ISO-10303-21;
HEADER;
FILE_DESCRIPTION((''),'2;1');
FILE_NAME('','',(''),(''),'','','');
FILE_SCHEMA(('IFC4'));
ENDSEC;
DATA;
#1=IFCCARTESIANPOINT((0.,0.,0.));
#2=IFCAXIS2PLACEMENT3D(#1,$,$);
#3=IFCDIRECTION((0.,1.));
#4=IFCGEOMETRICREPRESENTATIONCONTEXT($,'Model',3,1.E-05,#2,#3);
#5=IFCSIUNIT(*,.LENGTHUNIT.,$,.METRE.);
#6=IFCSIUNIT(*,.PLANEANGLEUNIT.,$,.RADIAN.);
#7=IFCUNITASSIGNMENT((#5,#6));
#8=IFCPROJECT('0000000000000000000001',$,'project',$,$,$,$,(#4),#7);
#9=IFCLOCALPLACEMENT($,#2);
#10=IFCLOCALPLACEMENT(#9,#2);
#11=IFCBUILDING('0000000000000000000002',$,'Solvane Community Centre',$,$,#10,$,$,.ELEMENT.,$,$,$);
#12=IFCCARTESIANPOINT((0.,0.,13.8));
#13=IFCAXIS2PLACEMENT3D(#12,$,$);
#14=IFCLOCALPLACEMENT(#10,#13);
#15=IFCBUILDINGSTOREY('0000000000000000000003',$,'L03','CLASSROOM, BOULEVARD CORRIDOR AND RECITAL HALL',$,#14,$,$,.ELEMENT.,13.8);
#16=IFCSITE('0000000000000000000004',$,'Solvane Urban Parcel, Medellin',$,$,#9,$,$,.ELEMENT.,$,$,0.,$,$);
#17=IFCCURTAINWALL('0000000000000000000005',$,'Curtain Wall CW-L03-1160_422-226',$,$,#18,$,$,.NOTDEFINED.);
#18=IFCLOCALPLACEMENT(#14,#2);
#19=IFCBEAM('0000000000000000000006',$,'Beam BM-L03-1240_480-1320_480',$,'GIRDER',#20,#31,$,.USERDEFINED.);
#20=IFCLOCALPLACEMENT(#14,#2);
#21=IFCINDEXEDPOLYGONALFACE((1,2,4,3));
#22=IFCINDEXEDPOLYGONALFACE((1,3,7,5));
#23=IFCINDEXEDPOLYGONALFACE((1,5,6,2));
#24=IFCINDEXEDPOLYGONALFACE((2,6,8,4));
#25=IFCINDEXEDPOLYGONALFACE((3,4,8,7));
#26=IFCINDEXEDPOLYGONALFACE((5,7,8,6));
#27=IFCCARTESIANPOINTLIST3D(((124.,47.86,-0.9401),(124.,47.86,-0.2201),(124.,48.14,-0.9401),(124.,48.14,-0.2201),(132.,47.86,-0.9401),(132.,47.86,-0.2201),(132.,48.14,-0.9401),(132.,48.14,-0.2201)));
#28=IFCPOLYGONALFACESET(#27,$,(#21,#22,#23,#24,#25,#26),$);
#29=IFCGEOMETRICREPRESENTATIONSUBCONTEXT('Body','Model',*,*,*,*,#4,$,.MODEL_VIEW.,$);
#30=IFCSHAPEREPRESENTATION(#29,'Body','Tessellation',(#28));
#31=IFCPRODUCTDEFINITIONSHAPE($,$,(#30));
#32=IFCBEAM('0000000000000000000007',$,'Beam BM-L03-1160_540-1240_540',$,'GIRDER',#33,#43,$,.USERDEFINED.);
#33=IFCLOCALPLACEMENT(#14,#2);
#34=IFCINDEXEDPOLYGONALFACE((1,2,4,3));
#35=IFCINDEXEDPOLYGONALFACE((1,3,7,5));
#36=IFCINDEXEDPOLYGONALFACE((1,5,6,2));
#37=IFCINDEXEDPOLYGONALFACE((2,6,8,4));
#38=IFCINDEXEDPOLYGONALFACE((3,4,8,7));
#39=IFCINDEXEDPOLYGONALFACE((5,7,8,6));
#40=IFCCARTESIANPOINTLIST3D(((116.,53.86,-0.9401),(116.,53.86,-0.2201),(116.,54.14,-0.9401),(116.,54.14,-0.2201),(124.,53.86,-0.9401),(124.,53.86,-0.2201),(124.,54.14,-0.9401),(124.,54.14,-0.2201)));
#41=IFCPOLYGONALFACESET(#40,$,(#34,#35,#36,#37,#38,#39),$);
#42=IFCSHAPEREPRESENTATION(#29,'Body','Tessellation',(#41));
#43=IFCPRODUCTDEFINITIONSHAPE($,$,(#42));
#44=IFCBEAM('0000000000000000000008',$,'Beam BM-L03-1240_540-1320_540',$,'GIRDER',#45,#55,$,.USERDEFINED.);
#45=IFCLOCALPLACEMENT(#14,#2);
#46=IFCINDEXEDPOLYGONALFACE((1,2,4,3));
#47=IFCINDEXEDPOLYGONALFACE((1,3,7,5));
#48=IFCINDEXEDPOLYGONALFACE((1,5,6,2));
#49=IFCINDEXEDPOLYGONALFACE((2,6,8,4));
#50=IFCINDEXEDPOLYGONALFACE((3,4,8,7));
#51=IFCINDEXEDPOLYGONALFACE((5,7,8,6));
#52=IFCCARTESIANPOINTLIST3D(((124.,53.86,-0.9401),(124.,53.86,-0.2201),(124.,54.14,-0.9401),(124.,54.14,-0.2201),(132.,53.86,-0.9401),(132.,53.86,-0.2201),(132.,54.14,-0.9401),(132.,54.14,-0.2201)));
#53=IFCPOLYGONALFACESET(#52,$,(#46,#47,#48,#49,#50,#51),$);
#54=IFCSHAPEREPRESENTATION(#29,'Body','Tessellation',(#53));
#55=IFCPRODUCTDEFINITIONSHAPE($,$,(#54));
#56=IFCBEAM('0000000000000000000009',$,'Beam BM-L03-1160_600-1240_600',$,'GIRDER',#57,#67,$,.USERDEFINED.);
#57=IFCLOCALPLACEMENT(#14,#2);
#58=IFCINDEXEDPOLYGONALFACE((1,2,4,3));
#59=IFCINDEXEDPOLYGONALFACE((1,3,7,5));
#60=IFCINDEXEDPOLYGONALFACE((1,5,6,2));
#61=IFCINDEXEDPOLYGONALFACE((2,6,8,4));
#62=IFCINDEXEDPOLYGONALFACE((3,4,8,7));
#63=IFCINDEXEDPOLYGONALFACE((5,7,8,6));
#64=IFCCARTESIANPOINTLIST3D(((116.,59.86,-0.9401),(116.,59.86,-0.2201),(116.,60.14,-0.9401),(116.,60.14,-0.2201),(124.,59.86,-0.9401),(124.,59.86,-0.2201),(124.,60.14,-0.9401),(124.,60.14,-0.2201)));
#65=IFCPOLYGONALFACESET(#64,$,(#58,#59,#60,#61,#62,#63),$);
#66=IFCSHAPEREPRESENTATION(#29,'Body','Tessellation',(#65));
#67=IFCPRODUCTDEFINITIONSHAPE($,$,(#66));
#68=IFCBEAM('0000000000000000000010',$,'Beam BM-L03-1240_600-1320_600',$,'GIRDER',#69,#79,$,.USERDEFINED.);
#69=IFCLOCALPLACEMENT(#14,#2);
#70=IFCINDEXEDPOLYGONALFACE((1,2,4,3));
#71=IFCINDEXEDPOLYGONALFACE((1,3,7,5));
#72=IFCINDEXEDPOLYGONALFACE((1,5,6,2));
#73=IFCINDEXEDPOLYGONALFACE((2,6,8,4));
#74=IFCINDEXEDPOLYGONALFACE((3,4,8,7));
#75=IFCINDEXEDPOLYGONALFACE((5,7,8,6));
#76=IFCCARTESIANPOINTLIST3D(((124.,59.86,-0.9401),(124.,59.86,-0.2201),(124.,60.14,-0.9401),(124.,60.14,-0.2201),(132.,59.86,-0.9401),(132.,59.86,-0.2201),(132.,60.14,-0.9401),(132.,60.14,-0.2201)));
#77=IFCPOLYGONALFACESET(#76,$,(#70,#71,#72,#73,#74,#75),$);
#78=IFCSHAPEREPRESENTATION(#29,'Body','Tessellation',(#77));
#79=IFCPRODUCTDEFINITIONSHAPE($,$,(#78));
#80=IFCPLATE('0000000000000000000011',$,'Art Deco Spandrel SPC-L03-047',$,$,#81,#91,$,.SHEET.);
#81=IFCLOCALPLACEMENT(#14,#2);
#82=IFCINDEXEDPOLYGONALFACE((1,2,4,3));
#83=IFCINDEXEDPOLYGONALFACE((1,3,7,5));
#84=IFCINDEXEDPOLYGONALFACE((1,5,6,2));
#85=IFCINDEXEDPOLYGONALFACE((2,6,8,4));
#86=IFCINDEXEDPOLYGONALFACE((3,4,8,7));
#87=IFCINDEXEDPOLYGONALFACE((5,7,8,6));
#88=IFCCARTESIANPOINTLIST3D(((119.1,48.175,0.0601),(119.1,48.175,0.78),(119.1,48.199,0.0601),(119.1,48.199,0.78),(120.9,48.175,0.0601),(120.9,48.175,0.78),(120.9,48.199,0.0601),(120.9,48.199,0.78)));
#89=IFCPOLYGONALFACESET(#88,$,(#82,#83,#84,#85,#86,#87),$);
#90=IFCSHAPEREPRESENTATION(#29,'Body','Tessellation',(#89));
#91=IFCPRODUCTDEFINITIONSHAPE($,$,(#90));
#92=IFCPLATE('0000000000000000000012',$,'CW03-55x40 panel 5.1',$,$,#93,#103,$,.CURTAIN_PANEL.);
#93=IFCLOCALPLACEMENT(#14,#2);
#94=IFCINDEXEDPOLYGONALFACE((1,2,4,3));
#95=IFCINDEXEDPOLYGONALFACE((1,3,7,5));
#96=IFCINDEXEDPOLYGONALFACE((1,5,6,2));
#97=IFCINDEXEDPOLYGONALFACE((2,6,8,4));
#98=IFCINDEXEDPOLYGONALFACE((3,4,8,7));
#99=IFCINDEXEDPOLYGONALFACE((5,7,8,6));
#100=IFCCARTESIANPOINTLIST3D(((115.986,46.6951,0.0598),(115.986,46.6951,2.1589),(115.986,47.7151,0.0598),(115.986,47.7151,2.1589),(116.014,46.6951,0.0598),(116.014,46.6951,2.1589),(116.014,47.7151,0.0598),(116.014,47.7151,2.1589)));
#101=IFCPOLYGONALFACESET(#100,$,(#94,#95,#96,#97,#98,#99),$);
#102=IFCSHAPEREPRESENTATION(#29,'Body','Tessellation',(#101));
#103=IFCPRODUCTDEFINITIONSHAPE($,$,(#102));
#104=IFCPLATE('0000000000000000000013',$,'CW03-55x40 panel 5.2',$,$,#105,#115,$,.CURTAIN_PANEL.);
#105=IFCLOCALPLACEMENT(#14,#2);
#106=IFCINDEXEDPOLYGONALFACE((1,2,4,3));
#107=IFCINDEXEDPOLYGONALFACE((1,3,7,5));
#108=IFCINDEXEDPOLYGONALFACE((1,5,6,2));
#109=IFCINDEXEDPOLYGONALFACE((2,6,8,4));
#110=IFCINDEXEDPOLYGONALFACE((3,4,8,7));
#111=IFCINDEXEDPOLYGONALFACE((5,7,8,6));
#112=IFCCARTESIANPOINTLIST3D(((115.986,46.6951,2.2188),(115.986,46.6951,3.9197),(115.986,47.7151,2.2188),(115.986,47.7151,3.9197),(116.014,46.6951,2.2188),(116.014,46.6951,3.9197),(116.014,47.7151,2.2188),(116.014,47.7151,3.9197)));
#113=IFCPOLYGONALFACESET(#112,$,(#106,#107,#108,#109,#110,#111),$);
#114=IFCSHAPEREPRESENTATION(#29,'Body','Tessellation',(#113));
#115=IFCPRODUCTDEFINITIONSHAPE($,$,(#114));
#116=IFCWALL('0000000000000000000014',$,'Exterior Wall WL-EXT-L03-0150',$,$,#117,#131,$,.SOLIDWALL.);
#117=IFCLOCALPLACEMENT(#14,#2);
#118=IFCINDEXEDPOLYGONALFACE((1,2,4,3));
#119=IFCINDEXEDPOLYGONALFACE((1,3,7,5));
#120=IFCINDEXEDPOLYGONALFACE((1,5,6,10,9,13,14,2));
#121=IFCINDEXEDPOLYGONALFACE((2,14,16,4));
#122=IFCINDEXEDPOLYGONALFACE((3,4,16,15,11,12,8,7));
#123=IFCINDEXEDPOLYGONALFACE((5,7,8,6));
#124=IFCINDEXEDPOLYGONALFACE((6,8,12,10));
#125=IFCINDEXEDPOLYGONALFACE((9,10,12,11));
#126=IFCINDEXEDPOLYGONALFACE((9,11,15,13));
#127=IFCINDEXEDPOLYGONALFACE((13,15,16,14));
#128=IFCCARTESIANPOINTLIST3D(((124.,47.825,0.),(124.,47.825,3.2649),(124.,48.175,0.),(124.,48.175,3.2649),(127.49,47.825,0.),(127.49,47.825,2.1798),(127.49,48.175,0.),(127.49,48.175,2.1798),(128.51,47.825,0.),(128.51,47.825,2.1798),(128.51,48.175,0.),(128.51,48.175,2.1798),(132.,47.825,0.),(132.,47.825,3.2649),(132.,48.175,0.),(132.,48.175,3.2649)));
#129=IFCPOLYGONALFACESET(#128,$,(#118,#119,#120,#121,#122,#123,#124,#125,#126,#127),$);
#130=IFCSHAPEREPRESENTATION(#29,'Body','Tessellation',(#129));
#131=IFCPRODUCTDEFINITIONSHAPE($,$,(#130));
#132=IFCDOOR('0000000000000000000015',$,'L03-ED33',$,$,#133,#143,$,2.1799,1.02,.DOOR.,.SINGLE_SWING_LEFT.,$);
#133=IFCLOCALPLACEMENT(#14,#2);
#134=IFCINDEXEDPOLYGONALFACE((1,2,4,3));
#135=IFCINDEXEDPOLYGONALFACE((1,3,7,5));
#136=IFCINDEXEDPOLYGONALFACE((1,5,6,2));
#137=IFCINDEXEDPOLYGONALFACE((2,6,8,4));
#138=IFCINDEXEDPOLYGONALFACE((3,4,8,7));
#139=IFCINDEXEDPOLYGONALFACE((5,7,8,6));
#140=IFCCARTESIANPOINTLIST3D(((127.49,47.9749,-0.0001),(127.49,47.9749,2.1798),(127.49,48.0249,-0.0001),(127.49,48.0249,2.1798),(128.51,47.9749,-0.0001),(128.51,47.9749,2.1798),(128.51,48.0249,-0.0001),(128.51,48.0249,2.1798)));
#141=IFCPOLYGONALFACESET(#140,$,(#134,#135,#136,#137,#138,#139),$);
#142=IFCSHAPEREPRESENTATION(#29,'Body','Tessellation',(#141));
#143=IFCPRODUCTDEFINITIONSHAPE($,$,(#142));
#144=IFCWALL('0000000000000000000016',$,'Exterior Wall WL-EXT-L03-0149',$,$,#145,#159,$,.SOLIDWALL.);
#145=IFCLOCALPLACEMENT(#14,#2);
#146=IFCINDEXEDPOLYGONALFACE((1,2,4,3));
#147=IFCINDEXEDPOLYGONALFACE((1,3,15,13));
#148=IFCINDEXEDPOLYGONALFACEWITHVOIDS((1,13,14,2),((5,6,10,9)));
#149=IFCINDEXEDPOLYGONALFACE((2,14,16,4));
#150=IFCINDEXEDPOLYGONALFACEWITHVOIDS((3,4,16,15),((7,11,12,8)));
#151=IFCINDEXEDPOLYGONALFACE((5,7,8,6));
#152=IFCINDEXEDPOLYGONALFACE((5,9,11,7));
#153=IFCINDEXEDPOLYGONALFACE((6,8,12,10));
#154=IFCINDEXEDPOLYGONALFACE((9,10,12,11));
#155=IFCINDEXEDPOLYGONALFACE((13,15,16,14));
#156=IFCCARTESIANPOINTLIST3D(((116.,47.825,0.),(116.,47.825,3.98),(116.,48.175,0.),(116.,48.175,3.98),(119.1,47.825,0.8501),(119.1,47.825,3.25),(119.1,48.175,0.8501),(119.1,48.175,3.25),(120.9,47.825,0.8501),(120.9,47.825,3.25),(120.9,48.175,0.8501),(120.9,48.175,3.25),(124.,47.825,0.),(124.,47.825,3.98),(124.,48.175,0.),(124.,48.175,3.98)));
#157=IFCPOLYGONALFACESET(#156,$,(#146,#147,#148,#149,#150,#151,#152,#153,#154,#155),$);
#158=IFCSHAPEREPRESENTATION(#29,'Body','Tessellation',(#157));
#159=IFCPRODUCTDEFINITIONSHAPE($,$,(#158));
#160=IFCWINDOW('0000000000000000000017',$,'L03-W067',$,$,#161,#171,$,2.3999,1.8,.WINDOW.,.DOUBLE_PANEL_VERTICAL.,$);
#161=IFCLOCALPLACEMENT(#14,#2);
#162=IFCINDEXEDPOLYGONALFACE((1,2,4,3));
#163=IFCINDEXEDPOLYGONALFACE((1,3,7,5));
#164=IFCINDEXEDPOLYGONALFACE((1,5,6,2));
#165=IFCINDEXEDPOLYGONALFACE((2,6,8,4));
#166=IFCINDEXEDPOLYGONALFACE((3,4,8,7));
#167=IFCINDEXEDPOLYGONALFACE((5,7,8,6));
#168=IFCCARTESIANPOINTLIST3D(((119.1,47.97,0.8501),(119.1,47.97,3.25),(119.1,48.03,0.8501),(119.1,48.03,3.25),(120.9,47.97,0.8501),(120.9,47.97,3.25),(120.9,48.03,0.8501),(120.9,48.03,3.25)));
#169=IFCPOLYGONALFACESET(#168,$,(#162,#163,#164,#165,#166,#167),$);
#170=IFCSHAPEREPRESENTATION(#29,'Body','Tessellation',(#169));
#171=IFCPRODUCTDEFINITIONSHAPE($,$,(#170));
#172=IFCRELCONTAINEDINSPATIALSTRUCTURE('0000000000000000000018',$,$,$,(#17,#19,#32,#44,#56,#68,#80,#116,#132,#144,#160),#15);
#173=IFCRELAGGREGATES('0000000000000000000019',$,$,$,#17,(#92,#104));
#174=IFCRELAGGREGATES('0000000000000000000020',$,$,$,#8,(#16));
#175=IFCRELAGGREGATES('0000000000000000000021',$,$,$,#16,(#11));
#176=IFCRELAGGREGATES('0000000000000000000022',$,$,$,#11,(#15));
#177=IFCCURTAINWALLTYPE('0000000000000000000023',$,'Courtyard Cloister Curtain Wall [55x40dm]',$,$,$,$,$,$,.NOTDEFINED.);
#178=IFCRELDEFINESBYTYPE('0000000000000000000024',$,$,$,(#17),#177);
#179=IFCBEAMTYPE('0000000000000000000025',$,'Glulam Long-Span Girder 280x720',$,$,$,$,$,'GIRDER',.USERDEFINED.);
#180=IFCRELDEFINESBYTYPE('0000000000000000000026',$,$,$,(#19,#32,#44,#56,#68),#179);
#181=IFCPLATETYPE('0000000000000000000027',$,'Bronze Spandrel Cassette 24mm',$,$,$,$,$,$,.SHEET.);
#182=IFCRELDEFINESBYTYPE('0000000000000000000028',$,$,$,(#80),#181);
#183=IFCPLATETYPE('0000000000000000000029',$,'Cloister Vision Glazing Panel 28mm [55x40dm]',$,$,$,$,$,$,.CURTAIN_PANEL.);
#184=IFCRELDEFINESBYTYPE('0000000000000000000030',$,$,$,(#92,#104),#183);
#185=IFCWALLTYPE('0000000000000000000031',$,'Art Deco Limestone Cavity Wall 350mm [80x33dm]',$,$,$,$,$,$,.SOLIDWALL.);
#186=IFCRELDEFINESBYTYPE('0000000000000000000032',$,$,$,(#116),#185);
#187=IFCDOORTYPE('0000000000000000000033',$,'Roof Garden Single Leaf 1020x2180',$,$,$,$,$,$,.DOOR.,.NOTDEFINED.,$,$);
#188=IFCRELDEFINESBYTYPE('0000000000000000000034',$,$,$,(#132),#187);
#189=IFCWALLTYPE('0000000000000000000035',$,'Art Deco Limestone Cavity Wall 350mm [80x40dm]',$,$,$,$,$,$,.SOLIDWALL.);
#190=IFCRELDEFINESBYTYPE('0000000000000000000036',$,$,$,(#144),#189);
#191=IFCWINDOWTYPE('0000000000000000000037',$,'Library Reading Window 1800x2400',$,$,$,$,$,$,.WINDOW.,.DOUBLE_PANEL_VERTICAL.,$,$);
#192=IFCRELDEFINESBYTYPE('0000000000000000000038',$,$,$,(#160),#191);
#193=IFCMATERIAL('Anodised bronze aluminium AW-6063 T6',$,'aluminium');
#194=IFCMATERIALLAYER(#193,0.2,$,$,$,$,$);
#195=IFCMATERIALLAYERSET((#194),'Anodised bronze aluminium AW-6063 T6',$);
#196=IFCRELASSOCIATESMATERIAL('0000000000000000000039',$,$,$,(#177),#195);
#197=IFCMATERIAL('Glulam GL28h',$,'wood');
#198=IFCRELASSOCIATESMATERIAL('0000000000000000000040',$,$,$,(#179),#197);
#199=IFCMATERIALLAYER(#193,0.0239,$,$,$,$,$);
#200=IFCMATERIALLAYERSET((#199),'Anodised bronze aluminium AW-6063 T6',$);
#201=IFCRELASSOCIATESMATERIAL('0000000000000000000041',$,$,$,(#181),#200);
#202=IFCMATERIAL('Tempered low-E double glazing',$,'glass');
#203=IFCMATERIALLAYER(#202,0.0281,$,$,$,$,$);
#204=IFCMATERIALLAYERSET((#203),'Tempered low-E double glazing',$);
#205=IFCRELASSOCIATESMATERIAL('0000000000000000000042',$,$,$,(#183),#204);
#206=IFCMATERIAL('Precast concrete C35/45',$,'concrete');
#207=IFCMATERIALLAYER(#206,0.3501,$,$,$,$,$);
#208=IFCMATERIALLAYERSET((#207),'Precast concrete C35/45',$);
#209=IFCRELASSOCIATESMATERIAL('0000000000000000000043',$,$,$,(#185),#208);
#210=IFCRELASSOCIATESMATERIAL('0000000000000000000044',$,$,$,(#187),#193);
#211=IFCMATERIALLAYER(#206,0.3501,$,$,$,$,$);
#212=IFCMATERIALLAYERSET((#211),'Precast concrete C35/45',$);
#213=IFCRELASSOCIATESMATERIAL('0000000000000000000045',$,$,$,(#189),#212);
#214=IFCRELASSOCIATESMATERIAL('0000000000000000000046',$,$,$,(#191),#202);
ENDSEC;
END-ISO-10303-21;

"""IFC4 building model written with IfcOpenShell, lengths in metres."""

from ifc_helpers import new_model, si_unit, direction, frame, frame_2d, origin, origin_2d, place, context, subcontext, project, spatial, rectangle, extrude, material, layer, layer_set, material_profile, profile_set, type_object, element, fill, aggregate, save


model = new_model("IFC4")

# Units and contexts
model_context = context("Model", 3, precision=1e-05, world=origin(), true_north=direction((0.0, 1.0)))
body_context = subcontext(model_context, "Body", "Model", "MODEL_VIEW")
ifc_project = project(units=[si_unit("LENGTHUNIT", "METRE"), si_unit("PLANEANGLEUNIT", "RADIAN")], contexts=[model_context])

# Site, building, storey
site_placement = place(None, origin())
site = spatial("IfcSite", under=ifc_project, at=site_placement, Name="Solvane Urban Parcel, Medellin", CompositionType="ELEMENT", RefElevation=0.0)
building_placement = place(site_placement, origin())
building = spatial("IfcBuilding", under=site, at=building_placement, Name="Solvane Community Centre", CompositionType="ELEMENT")
storey_placement = place(building_placement, frame((0.0, 0.0, 13.8)))
storey = spatial("IfcBuildingStorey", under=building, at=storey_placement, Name="L03", Description="CLASSROOM, BOULEVARD CORRIDOR AND RECITAL HALL", CompositionType="ELEMENT", Elevation=13.8)

# Curtain wall
ifc_material_1 = material(Name="Anodised bronze aluminium AW-6063 T6", Category="aluminium")
ifc_layer_1 = layer(ifc_material_1, 0.2)
ifc_layer_set_1 = layer_set([ifc_layer_1], Name="Anodised bronze aluminium AW-6063 T6")
curtain_wall_type = type_object("IfcCurtainWallType", Name="Courtyard Cloister Curtain Wall [55x40dm]", PredefinedType="NOTDEFINED", material=ifc_layer_set_1)
curtain_wall_placement = place(storey_placement, origin())
curtain_wall = element("IfcCurtainWall", 1, at=curtain_wall_placement, inside=storey, type_object=curtain_wall_type, Name="Curtain Wall CW-L03-1160_422-226", PredefinedType="NOTDEFINED")

# Beams
ifc_material_2 = material(Name="Glulam GL28h", Category="wood")
ifc_material_profile_1 = material_profile(ifc_material_2, rectangle(XDim=0.28, YDim=0.72, at=origin_2d()), Name="GL28h 280x720")
ifc_profile_set_1 = profile_set([ifc_material_profile_1], Name="Glulam GL28h")
beam_type_1 = type_object("IfcBeamType", Name="Glulam Long-Span Girder 280x720", ElementType="GIRDER", PredefinedType="USERDEFINED", material=ifc_profile_set_1)
for number, where, z_axis, x_axis, name in (
    (2, (124.0, 48.0, -0.5801), (1.0, 0.0, 0.0), (0.0, 1.0, 0.0), "Beam BM-L03-1240_480-1320_480"),
    (3, (116.0, 54.0, -0.5801), (1.0, 0.0, 0.0), (0.0, 1.0, 0.0), "Beam BM-L03-1160_540-1240_540"),
    (4, (124.0, 54.0, -0.5801), (1.0, 0.0, 0.0), (0.0, 1.0, 0.0), "Beam BM-L03-1240_540-1320_540"),
    (5, (116.0, 60.0, -0.5801), (1.0, 0.0, 0.0), (0.0, 1.0, 0.0), "Beam BM-L03-1160_600-1240_600"),
    (6, (124.0, 60.0, -0.5801), (1.0, 0.0, 0.0), (0.0, 1.0, 0.0), "Beam BM-L03-1240_600-1320_600"),
):
    element("IfcBeam", number, at=place(storey_placement, frame(where, z_axis=z_axis, x_axis=x_axis)), inside=storey, type_object=beam_type_1, Name=name, ObjectType="GIRDER", PredefinedType="USERDEFINED", context=body_context, shape_type="SweptSolid", body=[
        extrude(rectangle(XDim=0.28, YDim=0.72, at=origin_2d()), origin(), (0.0, 0.0, 1.0), 8.0),
    ])

# Plates
ifc_layer_2 = layer(ifc_material_1, 0.0239)
ifc_layer_set_2 = layer_set([ifc_layer_2], Name="Anodised bronze aluminium AW-6063 T6")
plate_type_1 = type_object("IfcPlateType", Name="Bronze Spandrel Cassette 24mm", PredefinedType="SHEET", material=ifc_layer_set_2)
plate_1_placement = place(storey_placement, frame((120.0, 48.187, 0.0601), z_axis=(0.0, 0.0, 1.0), x_axis=(1.0, 0.0, 0.0)))
element("IfcPlate", 7, at=plate_1_placement, inside=storey, type_object=plate_type_1, Name="Art Deco Spandrel SPC-L03-047", PredefinedType="SHEET", context=body_context, shape_type="SweptSolid", body=[
    extrude(rectangle(XDim=1.8, YDim=0.0239, at=origin_2d()), origin(), (0.0, 0.0, 1.0), 0.72),
])
ifc_material_3 = material(Name="Tempered low-E double glazing", Category="glass")
ifc_layer_3 = layer(ifc_material_3, 0.0281)
ifc_layer_set_3 = layer_set([ifc_layer_3], Name="Tempered low-E double glazing")
plate_type_2 = type_object("IfcPlateType", Name="Cloister Vision Glazing Panel 28mm [55x40dm]", PredefinedType="CURTAIN_PANEL", material=ifc_layer_set_3)
plate_2_placement = place(storey_placement, frame((116.0, 47.2051, 0.0598), z_axis=(0.0, 0.0, 1.0), x_axis=(0.0, 1.0, 0.0)))
plate_2 = element("IfcPlate", 8, at=plate_2_placement, type_object=plate_type_2, Name="CW03-55x40 panel 5.1", PredefinedType="CURTAIN_PANEL", context=body_context, shape_type="SweptSolid", body=[
    extrude(rectangle(XDim=1.02, YDim=0.0281, at=origin_2d()), origin(), (0.0, 0.0, 1.0), 2.0991),
])
plate_3_placement = place(storey_placement, frame((116.0, 47.2051, 2.2188), z_axis=(0.0, 0.0, 1.0), x_axis=(0.0, 1.0, 0.0)))
plate_3 = element("IfcPlate", 9, at=plate_3_placement, type_object=plate_type_2, Name="CW03-55x40 panel 5.2", PredefinedType="CURTAIN_PANEL", context=body_context, shape_type="SweptSolid", body=[
    extrude(rectangle(XDim=1.02, YDim=0.0281, at=origin_2d()), origin(), (0.0, 0.0, 1.0), 1.7009),
])
aggregate(curtain_wall, [plate_2, plate_3])

# Wall, opening, door
ifc_material_4 = material(Name="Precast concrete C35/45", Category="concrete")
ifc_layer_4 = layer(ifc_material_4, 0.3501)
ifc_layer_set_4 = layer_set([ifc_layer_4], Name="Precast concrete C35/45")
wall_type_1 = type_object("IfcWallType", Name="Art Deco Limestone Cavity Wall 350mm [80x33dm]", PredefinedType="SOLIDWALL", material=ifc_layer_set_4)
wall_1_placement = place(storey_placement, frame((124.0, 48.0, 0.0), z_axis=(0.0, 0.0, 1.0), x_axis=(1.0, 0.0, 0.0)))
wall_1 = element("IfcWall", 10, at=wall_1_placement, inside=storey, type_object=wall_type_1, Name="Exterior Wall WL-EXT-L03-0150", PredefinedType="SOLIDWALL", context=body_context, shape_type="SweptSolid", body=[
    extrude(rectangle(XDim=8.0, YDim=0.3501, at=frame_2d((4.0, 0.0))), origin(), (0.0, 0.0, 1.0), 3.2649),
])
opening_1_placement = place(wall_1_placement, frame((3.49, 0.0, 0.0)))
opening_1 = element("IfcOpeningElement", 11, at=opening_1_placement, cuts=wall_1, PredefinedType="OPENING", context=body_context, shape_type="SweptSolid", body=[
    extrude(rectangle(XDim=1.02, YDim=2.1799, at=frame_2d((0.51, 1.0898))), frame((0.0, 0.1851, 0.0), z_axis=(0.0, -1.0, 0.0), x_axis=(1.0, 0.0, 0.0)), (0.0, 0.0, 1.0), 0.3701),
])
door_type = type_object("IfcDoorType", Name="Roof Garden Single Leaf 1020x2180", OperationType="NOTDEFINED", PredefinedType="DOOR", material=ifc_material_1)
door_placement = place(opening_1_placement, origin())
door = element("IfcDoor", 12, at=door_placement, inside=storey, type_object=door_type, Name="L03-ED33", OperationType="SINGLE_SWING_LEFT", OverallHeight=2.1799, OverallWidth=1.02, PredefinedType="DOOR", context=body_context, shape_type="SweptSolid", body=[
    extrude(rectangle(XDim=1.02, YDim=2.1799, at=frame_2d((0.51, 1.0898))), frame((0.0, 0.0249, 0.0), z_axis=(0.0, -1.0, 0.0), x_axis=(1.0, 0.0, 0.0)), (0.0, 0.0, 1.0), 0.05),
])
fill(opening_1, door)

# Wall, opening, window
ifc_layer_5 = layer(ifc_material_4, 0.3501)
ifc_layer_set_5 = layer_set([ifc_layer_5], Name="Precast concrete C35/45")
wall_type_2 = type_object("IfcWallType", Name="Art Deco Limestone Cavity Wall 350mm [80x40dm]", PredefinedType="SOLIDWALL", material=ifc_layer_set_5)
wall_2_placement = place(storey_placement, frame((116.0, 48.0, 0.0), z_axis=(0.0, 0.0, 1.0), x_axis=(1.0, 0.0, 0.0)))
wall_2 = element("IfcWall", 13, at=wall_2_placement, inside=storey, type_object=wall_type_2, Name="Exterior Wall WL-EXT-L03-0149", PredefinedType="SOLIDWALL", context=body_context, shape_type="SweptSolid", body=[
    extrude(rectangle(XDim=8.0, YDim=0.3501, at=frame_2d((4.0, 0.0))), origin(), (0.0, 0.0, 1.0), 3.98),
])
opening_2_placement = place(wall_2_placement, frame((3.1001, 0.0, 0.8501)))
opening_2 = element("IfcOpeningElement", 14, at=opening_2_placement, cuts=wall_2, PredefinedType="OPENING", context=body_context, shape_type="SweptSolid", body=[
    extrude(rectangle(XDim=1.8, YDim=2.3999, at=frame_2d((0.8999, 1.2))), frame((0.0, 0.1851, 0.0), z_axis=(0.0, -1.0, 0.0), x_axis=(1.0, 0.0, 0.0)), (0.0, 0.0, 1.0), 0.3701),
])
window_type = type_object("IfcWindowType", Name="Library Reading Window 1800x2400", PartitioningType="DOUBLE_PANEL_VERTICAL", PredefinedType="WINDOW", material=ifc_material_3)
window_placement = place(opening_2_placement, origin())
window = element("IfcWindow", 15, at=window_placement, inside=storey, type_object=window_type, Name="L03-W067", OverallHeight=2.3999, OverallWidth=1.8, PartitioningType="DOUBLE_PANEL_VERTICAL", PredefinedType="WINDOW", context=body_context, shape_type="SweptSolid", body=[
    extrude(rectangle(XDim=1.8, YDim=2.3999, at=frame_2d((0.8999, 1.2))), frame((0.0, 0.03, 0.0), z_axis=(0.0, -1.0, 0.0), x_axis=(1.0, 0.0, 0.0)), (0.0, 0.0, 1.0), 0.0601),
])
fill(opening_2, window)

save(model, "model.ifc")
